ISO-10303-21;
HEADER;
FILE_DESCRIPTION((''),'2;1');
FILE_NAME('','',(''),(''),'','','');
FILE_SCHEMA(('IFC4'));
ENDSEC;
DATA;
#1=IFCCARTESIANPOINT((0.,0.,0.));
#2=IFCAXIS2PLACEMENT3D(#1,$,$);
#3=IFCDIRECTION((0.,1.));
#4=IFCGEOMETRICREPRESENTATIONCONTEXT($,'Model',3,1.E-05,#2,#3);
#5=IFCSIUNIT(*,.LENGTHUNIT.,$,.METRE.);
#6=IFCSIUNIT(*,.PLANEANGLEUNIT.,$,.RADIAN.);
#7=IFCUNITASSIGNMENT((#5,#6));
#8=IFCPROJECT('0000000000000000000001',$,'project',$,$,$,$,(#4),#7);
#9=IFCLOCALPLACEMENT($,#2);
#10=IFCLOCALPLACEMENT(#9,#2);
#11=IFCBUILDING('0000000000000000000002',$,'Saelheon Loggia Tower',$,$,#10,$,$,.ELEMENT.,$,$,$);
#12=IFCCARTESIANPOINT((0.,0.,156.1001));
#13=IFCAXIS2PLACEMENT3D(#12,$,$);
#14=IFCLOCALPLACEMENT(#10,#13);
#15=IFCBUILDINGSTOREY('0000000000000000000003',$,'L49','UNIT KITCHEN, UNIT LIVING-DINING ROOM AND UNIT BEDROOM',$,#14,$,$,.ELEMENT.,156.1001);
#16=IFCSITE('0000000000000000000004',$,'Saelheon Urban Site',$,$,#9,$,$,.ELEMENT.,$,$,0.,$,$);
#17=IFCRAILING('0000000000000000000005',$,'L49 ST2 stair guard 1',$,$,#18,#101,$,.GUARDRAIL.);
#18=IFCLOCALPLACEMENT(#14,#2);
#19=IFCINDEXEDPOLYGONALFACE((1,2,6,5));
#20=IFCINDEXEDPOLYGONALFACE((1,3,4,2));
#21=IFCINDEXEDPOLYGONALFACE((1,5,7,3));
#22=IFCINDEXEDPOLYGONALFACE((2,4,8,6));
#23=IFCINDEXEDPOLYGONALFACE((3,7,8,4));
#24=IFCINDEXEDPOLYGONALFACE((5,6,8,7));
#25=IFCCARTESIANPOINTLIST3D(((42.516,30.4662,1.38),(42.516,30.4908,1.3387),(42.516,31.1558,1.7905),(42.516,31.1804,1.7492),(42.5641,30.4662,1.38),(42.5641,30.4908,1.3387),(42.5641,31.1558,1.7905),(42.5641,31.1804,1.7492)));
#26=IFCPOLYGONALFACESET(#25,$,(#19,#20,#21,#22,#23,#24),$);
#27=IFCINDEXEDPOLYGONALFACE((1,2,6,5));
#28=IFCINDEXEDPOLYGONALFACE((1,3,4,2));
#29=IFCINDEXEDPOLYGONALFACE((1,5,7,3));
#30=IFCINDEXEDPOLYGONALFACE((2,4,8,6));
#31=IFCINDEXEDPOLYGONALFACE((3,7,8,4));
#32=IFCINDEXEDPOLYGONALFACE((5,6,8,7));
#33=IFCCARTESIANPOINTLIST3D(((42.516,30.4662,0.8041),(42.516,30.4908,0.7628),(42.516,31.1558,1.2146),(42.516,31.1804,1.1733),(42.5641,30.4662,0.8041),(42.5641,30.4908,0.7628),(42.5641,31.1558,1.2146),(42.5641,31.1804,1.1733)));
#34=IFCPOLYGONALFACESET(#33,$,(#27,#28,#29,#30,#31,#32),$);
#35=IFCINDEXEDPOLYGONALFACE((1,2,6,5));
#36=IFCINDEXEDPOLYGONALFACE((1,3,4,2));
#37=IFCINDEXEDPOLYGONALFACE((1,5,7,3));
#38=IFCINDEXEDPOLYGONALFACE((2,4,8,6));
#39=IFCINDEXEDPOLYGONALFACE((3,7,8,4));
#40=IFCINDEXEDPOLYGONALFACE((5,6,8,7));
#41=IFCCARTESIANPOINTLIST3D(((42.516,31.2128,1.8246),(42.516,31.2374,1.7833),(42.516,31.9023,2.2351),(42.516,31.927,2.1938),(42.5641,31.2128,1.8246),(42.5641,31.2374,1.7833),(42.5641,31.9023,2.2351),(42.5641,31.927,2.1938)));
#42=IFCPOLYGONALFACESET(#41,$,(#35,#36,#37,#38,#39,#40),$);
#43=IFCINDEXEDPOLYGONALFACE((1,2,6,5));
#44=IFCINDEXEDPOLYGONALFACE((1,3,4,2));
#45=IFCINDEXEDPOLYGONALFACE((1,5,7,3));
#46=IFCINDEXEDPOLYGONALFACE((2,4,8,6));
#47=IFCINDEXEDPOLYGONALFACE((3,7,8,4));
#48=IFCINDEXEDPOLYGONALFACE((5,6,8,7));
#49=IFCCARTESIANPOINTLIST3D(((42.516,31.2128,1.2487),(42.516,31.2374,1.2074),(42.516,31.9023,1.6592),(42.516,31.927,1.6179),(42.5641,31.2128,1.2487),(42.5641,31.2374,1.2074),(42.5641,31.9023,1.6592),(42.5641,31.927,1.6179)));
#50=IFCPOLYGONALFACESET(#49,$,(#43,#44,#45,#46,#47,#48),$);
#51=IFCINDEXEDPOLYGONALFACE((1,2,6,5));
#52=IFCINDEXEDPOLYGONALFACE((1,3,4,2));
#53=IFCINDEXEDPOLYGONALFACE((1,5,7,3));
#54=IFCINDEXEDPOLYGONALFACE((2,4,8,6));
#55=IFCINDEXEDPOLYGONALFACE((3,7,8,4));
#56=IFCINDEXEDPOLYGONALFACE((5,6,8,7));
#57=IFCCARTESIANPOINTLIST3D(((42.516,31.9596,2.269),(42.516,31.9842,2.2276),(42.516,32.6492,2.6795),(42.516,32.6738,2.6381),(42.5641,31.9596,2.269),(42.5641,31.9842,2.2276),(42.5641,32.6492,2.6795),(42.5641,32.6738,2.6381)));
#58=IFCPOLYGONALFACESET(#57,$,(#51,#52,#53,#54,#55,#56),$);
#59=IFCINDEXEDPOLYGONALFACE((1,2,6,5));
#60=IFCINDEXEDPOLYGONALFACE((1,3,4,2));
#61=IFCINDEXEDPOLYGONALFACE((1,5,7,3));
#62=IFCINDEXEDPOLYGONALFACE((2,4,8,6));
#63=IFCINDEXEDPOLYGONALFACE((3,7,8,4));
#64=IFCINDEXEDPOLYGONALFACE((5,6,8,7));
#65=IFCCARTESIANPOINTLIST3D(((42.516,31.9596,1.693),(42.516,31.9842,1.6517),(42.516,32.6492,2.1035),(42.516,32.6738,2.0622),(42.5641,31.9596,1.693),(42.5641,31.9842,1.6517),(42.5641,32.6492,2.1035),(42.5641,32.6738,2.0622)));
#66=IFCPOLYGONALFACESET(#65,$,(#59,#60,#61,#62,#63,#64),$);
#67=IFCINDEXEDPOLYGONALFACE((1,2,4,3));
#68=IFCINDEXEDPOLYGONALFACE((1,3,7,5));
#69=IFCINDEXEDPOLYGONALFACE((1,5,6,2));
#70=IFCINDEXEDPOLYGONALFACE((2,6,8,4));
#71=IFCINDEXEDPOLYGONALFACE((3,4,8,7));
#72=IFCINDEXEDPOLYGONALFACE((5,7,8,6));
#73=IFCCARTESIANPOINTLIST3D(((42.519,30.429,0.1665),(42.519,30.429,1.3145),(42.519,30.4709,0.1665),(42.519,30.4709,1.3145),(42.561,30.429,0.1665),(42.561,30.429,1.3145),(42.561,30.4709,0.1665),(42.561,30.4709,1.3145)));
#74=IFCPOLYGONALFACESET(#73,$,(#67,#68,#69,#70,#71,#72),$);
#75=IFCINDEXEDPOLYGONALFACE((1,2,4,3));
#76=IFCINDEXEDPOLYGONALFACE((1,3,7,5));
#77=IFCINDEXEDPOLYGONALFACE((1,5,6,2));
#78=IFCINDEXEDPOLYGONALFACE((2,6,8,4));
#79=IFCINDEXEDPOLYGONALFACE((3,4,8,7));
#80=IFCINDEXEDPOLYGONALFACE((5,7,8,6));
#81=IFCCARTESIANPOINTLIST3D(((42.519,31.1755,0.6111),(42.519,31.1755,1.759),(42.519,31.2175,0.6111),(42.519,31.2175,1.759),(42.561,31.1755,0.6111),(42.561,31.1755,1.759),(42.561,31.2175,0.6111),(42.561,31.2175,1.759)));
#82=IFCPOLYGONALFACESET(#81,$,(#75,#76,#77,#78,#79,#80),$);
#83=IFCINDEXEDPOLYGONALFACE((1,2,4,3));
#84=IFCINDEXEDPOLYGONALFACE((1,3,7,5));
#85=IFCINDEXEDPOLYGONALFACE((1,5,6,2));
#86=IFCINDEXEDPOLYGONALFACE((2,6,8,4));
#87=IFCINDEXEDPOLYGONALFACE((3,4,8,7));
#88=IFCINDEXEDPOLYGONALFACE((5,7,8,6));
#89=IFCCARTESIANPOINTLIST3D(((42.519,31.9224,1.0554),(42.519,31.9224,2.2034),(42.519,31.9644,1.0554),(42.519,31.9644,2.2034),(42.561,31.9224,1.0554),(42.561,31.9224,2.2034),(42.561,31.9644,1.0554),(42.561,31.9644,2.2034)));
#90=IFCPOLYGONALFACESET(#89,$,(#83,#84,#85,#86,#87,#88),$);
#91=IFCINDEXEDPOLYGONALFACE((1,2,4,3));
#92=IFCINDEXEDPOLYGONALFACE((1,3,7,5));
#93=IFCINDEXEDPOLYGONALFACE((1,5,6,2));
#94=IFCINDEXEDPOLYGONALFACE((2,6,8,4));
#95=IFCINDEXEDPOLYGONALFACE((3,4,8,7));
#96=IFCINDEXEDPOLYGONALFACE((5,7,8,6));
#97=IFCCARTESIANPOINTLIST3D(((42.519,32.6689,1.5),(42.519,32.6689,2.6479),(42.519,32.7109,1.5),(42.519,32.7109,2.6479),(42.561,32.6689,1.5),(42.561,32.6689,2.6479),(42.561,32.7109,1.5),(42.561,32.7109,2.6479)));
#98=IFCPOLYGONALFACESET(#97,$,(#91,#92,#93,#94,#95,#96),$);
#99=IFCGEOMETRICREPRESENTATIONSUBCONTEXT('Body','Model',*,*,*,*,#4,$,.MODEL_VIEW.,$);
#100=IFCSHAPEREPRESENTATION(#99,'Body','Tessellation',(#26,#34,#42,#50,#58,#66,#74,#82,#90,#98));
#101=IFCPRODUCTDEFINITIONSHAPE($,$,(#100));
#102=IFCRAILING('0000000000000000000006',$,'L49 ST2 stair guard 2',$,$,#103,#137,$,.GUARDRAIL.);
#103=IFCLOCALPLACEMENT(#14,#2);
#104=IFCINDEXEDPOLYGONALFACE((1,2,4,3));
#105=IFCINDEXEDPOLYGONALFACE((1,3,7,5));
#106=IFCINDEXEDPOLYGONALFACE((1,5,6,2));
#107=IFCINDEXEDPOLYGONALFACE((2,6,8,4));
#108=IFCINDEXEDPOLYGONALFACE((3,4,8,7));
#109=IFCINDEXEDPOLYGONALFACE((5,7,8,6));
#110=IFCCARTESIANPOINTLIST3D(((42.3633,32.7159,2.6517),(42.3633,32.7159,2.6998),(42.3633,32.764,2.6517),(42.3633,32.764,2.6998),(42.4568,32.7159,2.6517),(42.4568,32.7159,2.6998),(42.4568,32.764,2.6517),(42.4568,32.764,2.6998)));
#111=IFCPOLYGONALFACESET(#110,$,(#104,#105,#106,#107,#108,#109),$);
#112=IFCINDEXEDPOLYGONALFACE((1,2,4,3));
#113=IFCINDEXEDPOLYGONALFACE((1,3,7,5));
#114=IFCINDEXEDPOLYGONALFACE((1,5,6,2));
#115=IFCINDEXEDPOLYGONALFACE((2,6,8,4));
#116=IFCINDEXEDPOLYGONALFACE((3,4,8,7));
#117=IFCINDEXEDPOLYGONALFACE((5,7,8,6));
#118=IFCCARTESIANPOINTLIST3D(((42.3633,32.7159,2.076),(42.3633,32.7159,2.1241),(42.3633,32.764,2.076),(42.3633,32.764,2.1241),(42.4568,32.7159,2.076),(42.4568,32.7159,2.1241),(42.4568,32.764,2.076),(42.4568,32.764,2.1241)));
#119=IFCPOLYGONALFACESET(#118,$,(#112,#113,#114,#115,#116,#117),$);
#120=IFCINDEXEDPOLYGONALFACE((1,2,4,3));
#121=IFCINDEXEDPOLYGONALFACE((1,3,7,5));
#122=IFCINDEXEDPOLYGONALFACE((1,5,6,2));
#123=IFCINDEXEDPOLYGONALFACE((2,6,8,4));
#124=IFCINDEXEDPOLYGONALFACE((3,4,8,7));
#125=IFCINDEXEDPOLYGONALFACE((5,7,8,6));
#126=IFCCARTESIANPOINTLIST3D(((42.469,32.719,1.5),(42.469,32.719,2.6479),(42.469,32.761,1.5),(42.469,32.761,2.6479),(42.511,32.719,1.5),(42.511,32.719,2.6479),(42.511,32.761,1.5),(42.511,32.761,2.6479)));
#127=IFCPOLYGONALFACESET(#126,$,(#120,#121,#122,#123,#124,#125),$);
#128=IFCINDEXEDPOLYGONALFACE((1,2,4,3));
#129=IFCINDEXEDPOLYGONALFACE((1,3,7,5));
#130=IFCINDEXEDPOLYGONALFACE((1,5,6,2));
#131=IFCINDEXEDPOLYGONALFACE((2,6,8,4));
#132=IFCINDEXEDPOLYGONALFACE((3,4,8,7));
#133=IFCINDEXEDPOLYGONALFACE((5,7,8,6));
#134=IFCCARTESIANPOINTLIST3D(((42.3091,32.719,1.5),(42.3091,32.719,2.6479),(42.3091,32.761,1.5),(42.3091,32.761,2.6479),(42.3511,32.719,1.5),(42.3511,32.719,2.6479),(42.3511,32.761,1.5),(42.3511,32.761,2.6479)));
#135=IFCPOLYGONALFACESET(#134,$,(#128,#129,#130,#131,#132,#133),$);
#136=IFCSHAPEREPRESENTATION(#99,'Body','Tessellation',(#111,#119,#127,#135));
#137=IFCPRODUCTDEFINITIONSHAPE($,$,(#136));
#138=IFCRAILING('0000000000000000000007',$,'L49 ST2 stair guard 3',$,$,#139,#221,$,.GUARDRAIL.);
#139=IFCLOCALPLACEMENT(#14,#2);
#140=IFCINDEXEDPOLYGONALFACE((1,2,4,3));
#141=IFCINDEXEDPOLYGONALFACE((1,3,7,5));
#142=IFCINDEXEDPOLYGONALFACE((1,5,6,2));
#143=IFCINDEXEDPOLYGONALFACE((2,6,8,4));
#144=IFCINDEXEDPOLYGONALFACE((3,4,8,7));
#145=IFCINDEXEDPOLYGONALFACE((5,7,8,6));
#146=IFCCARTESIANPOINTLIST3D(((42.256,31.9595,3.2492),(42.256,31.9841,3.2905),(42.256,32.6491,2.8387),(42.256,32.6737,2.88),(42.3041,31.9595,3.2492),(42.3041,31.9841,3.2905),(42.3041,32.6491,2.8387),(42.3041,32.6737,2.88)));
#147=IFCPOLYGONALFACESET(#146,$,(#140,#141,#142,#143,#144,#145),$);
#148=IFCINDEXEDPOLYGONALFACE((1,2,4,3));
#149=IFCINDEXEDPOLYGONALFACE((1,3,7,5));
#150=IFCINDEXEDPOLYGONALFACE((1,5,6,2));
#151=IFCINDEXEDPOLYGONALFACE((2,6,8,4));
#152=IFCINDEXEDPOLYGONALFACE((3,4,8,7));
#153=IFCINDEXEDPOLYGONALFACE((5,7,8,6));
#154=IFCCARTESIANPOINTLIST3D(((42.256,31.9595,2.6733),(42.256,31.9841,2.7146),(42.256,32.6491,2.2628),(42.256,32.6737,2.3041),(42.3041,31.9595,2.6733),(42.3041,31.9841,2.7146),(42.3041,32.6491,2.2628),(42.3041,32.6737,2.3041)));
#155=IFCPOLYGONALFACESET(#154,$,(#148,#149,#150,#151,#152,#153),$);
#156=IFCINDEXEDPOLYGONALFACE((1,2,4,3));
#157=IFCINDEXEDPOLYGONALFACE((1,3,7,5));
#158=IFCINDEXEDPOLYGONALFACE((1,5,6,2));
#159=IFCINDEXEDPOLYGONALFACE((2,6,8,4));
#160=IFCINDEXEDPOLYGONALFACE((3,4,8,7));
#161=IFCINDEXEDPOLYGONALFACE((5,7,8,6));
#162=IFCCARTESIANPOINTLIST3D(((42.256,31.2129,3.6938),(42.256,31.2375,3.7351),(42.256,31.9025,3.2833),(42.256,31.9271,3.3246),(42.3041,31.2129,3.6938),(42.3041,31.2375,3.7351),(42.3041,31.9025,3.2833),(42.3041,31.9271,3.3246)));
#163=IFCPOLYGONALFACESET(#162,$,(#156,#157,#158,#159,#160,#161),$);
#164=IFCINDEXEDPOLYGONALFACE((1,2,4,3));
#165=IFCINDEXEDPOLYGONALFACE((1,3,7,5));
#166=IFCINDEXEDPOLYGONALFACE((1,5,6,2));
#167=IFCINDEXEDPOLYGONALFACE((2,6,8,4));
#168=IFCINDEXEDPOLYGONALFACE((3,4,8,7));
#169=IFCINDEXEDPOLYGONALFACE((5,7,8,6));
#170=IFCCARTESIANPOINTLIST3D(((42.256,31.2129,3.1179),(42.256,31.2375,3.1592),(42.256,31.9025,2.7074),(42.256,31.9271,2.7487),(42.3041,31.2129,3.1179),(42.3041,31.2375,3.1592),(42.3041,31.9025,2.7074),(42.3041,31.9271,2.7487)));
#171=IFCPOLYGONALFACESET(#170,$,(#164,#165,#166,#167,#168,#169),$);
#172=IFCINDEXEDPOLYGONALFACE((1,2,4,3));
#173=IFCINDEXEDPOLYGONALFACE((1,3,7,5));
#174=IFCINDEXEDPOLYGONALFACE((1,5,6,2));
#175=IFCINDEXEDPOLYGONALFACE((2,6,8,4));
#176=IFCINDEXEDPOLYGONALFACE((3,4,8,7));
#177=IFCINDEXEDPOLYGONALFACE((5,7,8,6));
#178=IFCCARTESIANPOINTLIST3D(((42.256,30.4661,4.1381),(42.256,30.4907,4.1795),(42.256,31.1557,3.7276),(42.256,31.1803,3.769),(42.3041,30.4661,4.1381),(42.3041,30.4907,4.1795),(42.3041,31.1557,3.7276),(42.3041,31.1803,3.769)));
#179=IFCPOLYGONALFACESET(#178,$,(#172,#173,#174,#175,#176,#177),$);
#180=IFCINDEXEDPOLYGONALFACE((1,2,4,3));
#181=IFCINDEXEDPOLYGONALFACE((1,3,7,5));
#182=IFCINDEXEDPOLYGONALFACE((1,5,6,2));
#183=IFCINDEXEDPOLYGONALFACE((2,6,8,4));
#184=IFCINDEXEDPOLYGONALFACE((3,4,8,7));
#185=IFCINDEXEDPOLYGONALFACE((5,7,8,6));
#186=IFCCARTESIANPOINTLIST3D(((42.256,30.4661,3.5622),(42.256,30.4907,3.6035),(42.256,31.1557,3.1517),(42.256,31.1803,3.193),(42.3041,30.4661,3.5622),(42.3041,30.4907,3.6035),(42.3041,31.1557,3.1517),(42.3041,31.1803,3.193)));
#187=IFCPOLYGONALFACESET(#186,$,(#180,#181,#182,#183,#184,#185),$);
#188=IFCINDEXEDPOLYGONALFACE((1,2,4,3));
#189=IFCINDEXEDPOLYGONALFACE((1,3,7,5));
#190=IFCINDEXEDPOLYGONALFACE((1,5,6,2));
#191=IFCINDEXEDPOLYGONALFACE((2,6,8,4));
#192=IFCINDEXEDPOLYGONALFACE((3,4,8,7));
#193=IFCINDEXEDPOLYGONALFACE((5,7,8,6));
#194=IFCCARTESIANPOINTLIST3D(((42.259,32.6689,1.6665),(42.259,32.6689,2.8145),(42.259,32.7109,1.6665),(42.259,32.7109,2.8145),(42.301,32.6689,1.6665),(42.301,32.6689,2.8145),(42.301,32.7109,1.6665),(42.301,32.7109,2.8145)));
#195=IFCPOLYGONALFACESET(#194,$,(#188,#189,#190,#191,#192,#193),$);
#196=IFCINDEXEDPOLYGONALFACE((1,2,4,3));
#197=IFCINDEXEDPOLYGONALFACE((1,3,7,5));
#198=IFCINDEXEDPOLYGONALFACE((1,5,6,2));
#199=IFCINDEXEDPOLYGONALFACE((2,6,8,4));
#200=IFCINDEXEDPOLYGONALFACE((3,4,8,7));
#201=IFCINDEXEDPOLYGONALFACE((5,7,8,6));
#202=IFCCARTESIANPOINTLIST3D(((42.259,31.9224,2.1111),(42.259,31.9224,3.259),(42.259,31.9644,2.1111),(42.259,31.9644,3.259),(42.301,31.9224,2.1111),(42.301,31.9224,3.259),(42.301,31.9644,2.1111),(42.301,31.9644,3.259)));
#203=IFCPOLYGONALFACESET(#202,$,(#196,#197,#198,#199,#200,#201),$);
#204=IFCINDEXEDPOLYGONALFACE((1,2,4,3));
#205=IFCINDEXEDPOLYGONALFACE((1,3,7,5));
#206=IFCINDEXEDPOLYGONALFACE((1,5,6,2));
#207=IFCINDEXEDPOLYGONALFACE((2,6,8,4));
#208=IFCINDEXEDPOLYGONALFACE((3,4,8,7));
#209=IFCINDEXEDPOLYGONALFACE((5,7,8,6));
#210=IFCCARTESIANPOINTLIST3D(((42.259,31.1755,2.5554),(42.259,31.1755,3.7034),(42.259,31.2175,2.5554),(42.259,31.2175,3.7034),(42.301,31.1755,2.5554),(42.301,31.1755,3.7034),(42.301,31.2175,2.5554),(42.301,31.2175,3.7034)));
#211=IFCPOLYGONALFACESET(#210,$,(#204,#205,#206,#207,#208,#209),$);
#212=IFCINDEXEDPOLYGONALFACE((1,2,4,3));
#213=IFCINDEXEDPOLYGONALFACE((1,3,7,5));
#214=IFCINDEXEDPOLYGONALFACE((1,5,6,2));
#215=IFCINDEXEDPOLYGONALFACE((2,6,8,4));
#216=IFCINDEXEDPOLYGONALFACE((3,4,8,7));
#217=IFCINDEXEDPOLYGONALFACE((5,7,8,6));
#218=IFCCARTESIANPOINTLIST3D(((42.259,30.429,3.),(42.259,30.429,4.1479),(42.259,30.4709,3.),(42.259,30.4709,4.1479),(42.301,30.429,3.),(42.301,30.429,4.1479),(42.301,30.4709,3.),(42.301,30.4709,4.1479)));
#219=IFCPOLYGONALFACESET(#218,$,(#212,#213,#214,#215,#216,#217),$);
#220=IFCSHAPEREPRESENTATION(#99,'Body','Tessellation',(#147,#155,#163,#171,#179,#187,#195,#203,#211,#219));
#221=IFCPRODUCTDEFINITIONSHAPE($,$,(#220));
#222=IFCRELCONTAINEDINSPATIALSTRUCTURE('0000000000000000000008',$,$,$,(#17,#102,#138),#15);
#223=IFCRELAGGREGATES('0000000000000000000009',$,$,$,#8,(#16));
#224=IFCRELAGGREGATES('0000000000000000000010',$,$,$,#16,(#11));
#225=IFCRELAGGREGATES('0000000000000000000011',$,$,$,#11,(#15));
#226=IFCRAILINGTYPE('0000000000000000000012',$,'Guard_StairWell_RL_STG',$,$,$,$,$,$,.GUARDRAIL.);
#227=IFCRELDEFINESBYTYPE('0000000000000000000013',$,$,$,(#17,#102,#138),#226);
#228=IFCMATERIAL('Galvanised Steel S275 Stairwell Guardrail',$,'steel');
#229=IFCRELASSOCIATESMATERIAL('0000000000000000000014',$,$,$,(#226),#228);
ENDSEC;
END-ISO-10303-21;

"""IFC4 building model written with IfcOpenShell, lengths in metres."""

from ifc_helpers import new_model, si_unit, direction, frame, origin, origin_2d, place, context, subcontext, project, spatial, rectangle, extrude, material, type_object, element, save


model = new_model("IFC4")

# Units and contexts
model_context = context("Model", 3, precision=1e-05, world=origin(), true_north=direction((0.0, 1.0)))
body_context = subcontext(model_context, "Body", "Model", "MODEL_VIEW")
ifc_project = project(units=[si_unit("LENGTHUNIT", "METRE"), si_unit("PLANEANGLEUNIT", "RADIAN")], contexts=[model_context])

# Site, building, storey
site_placement = place(None, origin())
site = spatial("IfcSite", under=ifc_project, at=site_placement, Name="Saelheon Urban Site", CompositionType="ELEMENT", RefElevation=0.0)
building_placement = place(site_placement, origin())
building = spatial("IfcBuilding", under=site, at=building_placement, Name="Saelheon Loggia Tower", CompositionType="ELEMENT")
storey_placement = place(building_placement, frame((0.0, 0.0, 156.1001)))
storey = spatial("IfcBuildingStorey", under=building, at=storey_placement, Name="L49", Description="UNIT KITCHEN, UNIT LIVING-DINING ROOM AND UNIT BEDROOM", CompositionType="ELEMENT", Elevation=156.1001)

# Railings
ifc_material_1 = material(Name="Galvanised Steel S275 Stairwell Guardrail", Category="steel")
railing_type_1 = type_object("IfcRailingType", Name="Guard_StairWell_RL_STG", PredefinedType="GUARDRAIL", material=ifc_material_1)
railing_1_placement = place(storey_placement, frame((42.54, 30.45, 0.1665)))
element("IfcRailing", 1, at=railing_1_placement, inside=storey, type_object=railing_type_1, Name="L49 ST2 stair guard 1", PredefinedType="GUARDRAIL", context=body_context, shape_type="SweptSolid", body=[
    extrude(rectangle(XDim=0.0481, YDim=0.0481, at=origin_2d()), frame((0.0, 0.0286, 1.1929), z_axis=(0.0, 0.859264, 0.511532), x_axis=(-1.0, 0.0, 0.0)), (0.0, 0.0, 1.0), 0.8025),
    extrude(rectangle(XDim=0.0481, YDim=0.0481, at=origin_2d()), frame((0.0, 0.0286, 0.6169), z_axis=(0.0, 0.859264, 0.511532), x_axis=(-1.0, 0.0, 0.0)), (0.0, 0.0, 1.0), 0.8025),
    extrude(rectangle(XDim=0.0481, YDim=0.0481, at=origin_2d()), frame((0.0, 0.7751, 1.6375), z_axis=(0.0, 0.859264, 0.511532), x_axis=(-1.0, 0.0, 0.0)), (0.0, 0.0, 1.0), 0.8025),
    extrude(rectangle(XDim=0.0481, YDim=0.0481, at=origin_2d()), frame((0.0, 0.7751, 1.0615), z_axis=(0.0, 0.859264, 0.511532), x_axis=(-1.0, 0.0, 0.0)), (0.0, 0.0, 1.0), 0.8025),
    extrude(rectangle(XDim=0.0481, YDim=0.0481, at=origin_2d()), frame((0.0, 1.522, 2.0818), z_axis=(0.0, 0.859264, 0.511532), x_axis=(-1.0, 0.0, 0.0)), (0.0, 0.0, 1.0), 0.8025),
    extrude(rectangle(XDim=0.0481, YDim=0.0481, at=origin_2d()), frame((0.0, 1.522, 1.5059), z_axis=(0.0, 0.859264, 0.511532), x_axis=(-1.0, 0.0, 0.0)), (0.0, 0.0, 1.0), 0.8025),
    extrude(rectangle(XDim=0.042, YDim=0.042, at=origin_2d()), origin(), (0.0, 0.0, 1.0), 1.1479),
    extrude(rectangle(XDim=0.042, YDim=0.042, at=origin_2d()), frame((0.0, 0.7466, 0.4446)), (0.0, 0.0, 1.0), 1.1479),
    extrude(rectangle(XDim=0.042, YDim=0.042, at=origin_2d()), frame((0.0, 1.4934, 0.8889)), (0.0, 0.0, 1.0), 1.1479),
    extrude(rectangle(XDim=0.042, YDim=0.042, at=origin_2d()), frame((0.0, 2.24, 1.3335)), (0.0, 0.0, 1.0), 1.1479),
])
railing_2_placement = place(storey_placement, frame((42.49, 32.74, 1.5)))
element("IfcRailing", 2, at=railing_2_placement, inside=storey, type_object=railing_type_1, Name="L49 ST2 stair guard 2", PredefinedType="GUARDRAIL", context=body_context, shape_type="SweptSolid", body=[
    extrude(rectangle(XDim=0.0481, YDim=0.0481, at=origin_2d()), frame((-0.0332, 0.0, 1.1758), z_axis=(-1.0, 0.0, 0.0), x_axis=(0.0, -1.0, 0.0)), (0.0, 0.0, 1.0), 0.0935),
    extrude(rectangle(XDim=0.0481, YDim=0.0481, at=origin_2d()), frame((-0.0332, 0.0, 0.6001), z_axis=(-1.0, 0.0, 0.0), x_axis=(0.0, -1.0, 0.0)), (0.0, 0.0, 1.0), 0.0935),
    extrude(rectangle(XDim=0.042, YDim=0.042, at=origin_2d()), origin(), (0.0, 0.0, 1.0), 1.1479),
    extrude(rectangle(XDim=0.042, YDim=0.042, at=origin_2d()), frame((-0.1599, 0.0, 0.0)), (0.0, 0.0, 1.0), 1.1479),
])
railing_3_placement = place(storey_placement, frame((42.28, 32.6899, 1.6665)))
element("IfcRailing", 3, at=railing_3_placement, inside=storey, type_object=railing_type_1, Name="L49 ST2 stair guard 3", PredefinedType="GUARDRAIL", context=body_context, shape_type="SweptSolid", body=[
    extrude(rectangle(XDim=0.0481, YDim=0.0481, at=origin_2d()), frame((0.0, -0.0286, 1.1929), z_axis=(0.0, -0.859264, 0.511532), x_axis=(1.0, 0.0, 0.0)), (0.0, 0.0, 1.0), 0.8025),
    extrude(rectangle(XDim=0.0481, YDim=0.0481, at=origin_2d()), frame((0.0, -0.0286, 0.6169), z_axis=(0.0, -0.859264, 0.511532), x_axis=(1.0, 0.0, 0.0)), (0.0, 0.0, 1.0), 0.8025),
    extrude(rectangle(XDim=0.0481, YDim=0.0481, at=origin_2d()), frame((0.0, -0.7751, 1.6375), z_axis=(0.0, -0.859264, 0.511532), x_axis=(1.0, 0.0, 0.0)), (0.0, 0.0, 1.0), 0.8025),
    extrude(rectangle(XDim=0.0481, YDim=0.0481, at=origin_2d()), frame((0.0, -0.7751, 1.0615), z_axis=(0.0, -0.859264, 0.511532), x_axis=(1.0, 0.0, 0.0)), (0.0, 0.0, 1.0), 0.8025),
    extrude(rectangle(XDim=0.0481, YDim=0.0481, at=origin_2d()), frame((0.0, -1.522, 2.0818), z_axis=(0.0, -0.859264, 0.511532), x_axis=(1.0, 0.0, 0.0)), (0.0, 0.0, 1.0), 0.8025),
    extrude(rectangle(XDim=0.0481, YDim=0.0481, at=origin_2d()), frame((0.0, -1.522, 1.5059), z_axis=(0.0, -0.859264, 0.511532), x_axis=(1.0, 0.0, 0.0)), (0.0, 0.0, 1.0), 0.8025),
    extrude(rectangle(XDim=0.042, YDim=0.042, at=origin_2d()), origin(), (0.0, 0.0, 1.0), 1.1479),
    extrude(rectangle(XDim=0.042, YDim=0.042, at=origin_2d()), frame((0.0, -0.7466, 0.4446)), (0.0, 0.0, 1.0), 1.1479),
    extrude(rectangle(XDim=0.042, YDim=0.042, at=origin_2d()), frame((0.0, -1.4934, 0.8889)), (0.0, 0.0, 1.0), 1.1479),
    extrude(rectangle(XDim=0.042, YDim=0.042, at=origin_2d()), frame((0.0, -2.24, 1.3335)), (0.0, 0.0, 1.0), 1.1479),
])

save(model, "model.ifc")
